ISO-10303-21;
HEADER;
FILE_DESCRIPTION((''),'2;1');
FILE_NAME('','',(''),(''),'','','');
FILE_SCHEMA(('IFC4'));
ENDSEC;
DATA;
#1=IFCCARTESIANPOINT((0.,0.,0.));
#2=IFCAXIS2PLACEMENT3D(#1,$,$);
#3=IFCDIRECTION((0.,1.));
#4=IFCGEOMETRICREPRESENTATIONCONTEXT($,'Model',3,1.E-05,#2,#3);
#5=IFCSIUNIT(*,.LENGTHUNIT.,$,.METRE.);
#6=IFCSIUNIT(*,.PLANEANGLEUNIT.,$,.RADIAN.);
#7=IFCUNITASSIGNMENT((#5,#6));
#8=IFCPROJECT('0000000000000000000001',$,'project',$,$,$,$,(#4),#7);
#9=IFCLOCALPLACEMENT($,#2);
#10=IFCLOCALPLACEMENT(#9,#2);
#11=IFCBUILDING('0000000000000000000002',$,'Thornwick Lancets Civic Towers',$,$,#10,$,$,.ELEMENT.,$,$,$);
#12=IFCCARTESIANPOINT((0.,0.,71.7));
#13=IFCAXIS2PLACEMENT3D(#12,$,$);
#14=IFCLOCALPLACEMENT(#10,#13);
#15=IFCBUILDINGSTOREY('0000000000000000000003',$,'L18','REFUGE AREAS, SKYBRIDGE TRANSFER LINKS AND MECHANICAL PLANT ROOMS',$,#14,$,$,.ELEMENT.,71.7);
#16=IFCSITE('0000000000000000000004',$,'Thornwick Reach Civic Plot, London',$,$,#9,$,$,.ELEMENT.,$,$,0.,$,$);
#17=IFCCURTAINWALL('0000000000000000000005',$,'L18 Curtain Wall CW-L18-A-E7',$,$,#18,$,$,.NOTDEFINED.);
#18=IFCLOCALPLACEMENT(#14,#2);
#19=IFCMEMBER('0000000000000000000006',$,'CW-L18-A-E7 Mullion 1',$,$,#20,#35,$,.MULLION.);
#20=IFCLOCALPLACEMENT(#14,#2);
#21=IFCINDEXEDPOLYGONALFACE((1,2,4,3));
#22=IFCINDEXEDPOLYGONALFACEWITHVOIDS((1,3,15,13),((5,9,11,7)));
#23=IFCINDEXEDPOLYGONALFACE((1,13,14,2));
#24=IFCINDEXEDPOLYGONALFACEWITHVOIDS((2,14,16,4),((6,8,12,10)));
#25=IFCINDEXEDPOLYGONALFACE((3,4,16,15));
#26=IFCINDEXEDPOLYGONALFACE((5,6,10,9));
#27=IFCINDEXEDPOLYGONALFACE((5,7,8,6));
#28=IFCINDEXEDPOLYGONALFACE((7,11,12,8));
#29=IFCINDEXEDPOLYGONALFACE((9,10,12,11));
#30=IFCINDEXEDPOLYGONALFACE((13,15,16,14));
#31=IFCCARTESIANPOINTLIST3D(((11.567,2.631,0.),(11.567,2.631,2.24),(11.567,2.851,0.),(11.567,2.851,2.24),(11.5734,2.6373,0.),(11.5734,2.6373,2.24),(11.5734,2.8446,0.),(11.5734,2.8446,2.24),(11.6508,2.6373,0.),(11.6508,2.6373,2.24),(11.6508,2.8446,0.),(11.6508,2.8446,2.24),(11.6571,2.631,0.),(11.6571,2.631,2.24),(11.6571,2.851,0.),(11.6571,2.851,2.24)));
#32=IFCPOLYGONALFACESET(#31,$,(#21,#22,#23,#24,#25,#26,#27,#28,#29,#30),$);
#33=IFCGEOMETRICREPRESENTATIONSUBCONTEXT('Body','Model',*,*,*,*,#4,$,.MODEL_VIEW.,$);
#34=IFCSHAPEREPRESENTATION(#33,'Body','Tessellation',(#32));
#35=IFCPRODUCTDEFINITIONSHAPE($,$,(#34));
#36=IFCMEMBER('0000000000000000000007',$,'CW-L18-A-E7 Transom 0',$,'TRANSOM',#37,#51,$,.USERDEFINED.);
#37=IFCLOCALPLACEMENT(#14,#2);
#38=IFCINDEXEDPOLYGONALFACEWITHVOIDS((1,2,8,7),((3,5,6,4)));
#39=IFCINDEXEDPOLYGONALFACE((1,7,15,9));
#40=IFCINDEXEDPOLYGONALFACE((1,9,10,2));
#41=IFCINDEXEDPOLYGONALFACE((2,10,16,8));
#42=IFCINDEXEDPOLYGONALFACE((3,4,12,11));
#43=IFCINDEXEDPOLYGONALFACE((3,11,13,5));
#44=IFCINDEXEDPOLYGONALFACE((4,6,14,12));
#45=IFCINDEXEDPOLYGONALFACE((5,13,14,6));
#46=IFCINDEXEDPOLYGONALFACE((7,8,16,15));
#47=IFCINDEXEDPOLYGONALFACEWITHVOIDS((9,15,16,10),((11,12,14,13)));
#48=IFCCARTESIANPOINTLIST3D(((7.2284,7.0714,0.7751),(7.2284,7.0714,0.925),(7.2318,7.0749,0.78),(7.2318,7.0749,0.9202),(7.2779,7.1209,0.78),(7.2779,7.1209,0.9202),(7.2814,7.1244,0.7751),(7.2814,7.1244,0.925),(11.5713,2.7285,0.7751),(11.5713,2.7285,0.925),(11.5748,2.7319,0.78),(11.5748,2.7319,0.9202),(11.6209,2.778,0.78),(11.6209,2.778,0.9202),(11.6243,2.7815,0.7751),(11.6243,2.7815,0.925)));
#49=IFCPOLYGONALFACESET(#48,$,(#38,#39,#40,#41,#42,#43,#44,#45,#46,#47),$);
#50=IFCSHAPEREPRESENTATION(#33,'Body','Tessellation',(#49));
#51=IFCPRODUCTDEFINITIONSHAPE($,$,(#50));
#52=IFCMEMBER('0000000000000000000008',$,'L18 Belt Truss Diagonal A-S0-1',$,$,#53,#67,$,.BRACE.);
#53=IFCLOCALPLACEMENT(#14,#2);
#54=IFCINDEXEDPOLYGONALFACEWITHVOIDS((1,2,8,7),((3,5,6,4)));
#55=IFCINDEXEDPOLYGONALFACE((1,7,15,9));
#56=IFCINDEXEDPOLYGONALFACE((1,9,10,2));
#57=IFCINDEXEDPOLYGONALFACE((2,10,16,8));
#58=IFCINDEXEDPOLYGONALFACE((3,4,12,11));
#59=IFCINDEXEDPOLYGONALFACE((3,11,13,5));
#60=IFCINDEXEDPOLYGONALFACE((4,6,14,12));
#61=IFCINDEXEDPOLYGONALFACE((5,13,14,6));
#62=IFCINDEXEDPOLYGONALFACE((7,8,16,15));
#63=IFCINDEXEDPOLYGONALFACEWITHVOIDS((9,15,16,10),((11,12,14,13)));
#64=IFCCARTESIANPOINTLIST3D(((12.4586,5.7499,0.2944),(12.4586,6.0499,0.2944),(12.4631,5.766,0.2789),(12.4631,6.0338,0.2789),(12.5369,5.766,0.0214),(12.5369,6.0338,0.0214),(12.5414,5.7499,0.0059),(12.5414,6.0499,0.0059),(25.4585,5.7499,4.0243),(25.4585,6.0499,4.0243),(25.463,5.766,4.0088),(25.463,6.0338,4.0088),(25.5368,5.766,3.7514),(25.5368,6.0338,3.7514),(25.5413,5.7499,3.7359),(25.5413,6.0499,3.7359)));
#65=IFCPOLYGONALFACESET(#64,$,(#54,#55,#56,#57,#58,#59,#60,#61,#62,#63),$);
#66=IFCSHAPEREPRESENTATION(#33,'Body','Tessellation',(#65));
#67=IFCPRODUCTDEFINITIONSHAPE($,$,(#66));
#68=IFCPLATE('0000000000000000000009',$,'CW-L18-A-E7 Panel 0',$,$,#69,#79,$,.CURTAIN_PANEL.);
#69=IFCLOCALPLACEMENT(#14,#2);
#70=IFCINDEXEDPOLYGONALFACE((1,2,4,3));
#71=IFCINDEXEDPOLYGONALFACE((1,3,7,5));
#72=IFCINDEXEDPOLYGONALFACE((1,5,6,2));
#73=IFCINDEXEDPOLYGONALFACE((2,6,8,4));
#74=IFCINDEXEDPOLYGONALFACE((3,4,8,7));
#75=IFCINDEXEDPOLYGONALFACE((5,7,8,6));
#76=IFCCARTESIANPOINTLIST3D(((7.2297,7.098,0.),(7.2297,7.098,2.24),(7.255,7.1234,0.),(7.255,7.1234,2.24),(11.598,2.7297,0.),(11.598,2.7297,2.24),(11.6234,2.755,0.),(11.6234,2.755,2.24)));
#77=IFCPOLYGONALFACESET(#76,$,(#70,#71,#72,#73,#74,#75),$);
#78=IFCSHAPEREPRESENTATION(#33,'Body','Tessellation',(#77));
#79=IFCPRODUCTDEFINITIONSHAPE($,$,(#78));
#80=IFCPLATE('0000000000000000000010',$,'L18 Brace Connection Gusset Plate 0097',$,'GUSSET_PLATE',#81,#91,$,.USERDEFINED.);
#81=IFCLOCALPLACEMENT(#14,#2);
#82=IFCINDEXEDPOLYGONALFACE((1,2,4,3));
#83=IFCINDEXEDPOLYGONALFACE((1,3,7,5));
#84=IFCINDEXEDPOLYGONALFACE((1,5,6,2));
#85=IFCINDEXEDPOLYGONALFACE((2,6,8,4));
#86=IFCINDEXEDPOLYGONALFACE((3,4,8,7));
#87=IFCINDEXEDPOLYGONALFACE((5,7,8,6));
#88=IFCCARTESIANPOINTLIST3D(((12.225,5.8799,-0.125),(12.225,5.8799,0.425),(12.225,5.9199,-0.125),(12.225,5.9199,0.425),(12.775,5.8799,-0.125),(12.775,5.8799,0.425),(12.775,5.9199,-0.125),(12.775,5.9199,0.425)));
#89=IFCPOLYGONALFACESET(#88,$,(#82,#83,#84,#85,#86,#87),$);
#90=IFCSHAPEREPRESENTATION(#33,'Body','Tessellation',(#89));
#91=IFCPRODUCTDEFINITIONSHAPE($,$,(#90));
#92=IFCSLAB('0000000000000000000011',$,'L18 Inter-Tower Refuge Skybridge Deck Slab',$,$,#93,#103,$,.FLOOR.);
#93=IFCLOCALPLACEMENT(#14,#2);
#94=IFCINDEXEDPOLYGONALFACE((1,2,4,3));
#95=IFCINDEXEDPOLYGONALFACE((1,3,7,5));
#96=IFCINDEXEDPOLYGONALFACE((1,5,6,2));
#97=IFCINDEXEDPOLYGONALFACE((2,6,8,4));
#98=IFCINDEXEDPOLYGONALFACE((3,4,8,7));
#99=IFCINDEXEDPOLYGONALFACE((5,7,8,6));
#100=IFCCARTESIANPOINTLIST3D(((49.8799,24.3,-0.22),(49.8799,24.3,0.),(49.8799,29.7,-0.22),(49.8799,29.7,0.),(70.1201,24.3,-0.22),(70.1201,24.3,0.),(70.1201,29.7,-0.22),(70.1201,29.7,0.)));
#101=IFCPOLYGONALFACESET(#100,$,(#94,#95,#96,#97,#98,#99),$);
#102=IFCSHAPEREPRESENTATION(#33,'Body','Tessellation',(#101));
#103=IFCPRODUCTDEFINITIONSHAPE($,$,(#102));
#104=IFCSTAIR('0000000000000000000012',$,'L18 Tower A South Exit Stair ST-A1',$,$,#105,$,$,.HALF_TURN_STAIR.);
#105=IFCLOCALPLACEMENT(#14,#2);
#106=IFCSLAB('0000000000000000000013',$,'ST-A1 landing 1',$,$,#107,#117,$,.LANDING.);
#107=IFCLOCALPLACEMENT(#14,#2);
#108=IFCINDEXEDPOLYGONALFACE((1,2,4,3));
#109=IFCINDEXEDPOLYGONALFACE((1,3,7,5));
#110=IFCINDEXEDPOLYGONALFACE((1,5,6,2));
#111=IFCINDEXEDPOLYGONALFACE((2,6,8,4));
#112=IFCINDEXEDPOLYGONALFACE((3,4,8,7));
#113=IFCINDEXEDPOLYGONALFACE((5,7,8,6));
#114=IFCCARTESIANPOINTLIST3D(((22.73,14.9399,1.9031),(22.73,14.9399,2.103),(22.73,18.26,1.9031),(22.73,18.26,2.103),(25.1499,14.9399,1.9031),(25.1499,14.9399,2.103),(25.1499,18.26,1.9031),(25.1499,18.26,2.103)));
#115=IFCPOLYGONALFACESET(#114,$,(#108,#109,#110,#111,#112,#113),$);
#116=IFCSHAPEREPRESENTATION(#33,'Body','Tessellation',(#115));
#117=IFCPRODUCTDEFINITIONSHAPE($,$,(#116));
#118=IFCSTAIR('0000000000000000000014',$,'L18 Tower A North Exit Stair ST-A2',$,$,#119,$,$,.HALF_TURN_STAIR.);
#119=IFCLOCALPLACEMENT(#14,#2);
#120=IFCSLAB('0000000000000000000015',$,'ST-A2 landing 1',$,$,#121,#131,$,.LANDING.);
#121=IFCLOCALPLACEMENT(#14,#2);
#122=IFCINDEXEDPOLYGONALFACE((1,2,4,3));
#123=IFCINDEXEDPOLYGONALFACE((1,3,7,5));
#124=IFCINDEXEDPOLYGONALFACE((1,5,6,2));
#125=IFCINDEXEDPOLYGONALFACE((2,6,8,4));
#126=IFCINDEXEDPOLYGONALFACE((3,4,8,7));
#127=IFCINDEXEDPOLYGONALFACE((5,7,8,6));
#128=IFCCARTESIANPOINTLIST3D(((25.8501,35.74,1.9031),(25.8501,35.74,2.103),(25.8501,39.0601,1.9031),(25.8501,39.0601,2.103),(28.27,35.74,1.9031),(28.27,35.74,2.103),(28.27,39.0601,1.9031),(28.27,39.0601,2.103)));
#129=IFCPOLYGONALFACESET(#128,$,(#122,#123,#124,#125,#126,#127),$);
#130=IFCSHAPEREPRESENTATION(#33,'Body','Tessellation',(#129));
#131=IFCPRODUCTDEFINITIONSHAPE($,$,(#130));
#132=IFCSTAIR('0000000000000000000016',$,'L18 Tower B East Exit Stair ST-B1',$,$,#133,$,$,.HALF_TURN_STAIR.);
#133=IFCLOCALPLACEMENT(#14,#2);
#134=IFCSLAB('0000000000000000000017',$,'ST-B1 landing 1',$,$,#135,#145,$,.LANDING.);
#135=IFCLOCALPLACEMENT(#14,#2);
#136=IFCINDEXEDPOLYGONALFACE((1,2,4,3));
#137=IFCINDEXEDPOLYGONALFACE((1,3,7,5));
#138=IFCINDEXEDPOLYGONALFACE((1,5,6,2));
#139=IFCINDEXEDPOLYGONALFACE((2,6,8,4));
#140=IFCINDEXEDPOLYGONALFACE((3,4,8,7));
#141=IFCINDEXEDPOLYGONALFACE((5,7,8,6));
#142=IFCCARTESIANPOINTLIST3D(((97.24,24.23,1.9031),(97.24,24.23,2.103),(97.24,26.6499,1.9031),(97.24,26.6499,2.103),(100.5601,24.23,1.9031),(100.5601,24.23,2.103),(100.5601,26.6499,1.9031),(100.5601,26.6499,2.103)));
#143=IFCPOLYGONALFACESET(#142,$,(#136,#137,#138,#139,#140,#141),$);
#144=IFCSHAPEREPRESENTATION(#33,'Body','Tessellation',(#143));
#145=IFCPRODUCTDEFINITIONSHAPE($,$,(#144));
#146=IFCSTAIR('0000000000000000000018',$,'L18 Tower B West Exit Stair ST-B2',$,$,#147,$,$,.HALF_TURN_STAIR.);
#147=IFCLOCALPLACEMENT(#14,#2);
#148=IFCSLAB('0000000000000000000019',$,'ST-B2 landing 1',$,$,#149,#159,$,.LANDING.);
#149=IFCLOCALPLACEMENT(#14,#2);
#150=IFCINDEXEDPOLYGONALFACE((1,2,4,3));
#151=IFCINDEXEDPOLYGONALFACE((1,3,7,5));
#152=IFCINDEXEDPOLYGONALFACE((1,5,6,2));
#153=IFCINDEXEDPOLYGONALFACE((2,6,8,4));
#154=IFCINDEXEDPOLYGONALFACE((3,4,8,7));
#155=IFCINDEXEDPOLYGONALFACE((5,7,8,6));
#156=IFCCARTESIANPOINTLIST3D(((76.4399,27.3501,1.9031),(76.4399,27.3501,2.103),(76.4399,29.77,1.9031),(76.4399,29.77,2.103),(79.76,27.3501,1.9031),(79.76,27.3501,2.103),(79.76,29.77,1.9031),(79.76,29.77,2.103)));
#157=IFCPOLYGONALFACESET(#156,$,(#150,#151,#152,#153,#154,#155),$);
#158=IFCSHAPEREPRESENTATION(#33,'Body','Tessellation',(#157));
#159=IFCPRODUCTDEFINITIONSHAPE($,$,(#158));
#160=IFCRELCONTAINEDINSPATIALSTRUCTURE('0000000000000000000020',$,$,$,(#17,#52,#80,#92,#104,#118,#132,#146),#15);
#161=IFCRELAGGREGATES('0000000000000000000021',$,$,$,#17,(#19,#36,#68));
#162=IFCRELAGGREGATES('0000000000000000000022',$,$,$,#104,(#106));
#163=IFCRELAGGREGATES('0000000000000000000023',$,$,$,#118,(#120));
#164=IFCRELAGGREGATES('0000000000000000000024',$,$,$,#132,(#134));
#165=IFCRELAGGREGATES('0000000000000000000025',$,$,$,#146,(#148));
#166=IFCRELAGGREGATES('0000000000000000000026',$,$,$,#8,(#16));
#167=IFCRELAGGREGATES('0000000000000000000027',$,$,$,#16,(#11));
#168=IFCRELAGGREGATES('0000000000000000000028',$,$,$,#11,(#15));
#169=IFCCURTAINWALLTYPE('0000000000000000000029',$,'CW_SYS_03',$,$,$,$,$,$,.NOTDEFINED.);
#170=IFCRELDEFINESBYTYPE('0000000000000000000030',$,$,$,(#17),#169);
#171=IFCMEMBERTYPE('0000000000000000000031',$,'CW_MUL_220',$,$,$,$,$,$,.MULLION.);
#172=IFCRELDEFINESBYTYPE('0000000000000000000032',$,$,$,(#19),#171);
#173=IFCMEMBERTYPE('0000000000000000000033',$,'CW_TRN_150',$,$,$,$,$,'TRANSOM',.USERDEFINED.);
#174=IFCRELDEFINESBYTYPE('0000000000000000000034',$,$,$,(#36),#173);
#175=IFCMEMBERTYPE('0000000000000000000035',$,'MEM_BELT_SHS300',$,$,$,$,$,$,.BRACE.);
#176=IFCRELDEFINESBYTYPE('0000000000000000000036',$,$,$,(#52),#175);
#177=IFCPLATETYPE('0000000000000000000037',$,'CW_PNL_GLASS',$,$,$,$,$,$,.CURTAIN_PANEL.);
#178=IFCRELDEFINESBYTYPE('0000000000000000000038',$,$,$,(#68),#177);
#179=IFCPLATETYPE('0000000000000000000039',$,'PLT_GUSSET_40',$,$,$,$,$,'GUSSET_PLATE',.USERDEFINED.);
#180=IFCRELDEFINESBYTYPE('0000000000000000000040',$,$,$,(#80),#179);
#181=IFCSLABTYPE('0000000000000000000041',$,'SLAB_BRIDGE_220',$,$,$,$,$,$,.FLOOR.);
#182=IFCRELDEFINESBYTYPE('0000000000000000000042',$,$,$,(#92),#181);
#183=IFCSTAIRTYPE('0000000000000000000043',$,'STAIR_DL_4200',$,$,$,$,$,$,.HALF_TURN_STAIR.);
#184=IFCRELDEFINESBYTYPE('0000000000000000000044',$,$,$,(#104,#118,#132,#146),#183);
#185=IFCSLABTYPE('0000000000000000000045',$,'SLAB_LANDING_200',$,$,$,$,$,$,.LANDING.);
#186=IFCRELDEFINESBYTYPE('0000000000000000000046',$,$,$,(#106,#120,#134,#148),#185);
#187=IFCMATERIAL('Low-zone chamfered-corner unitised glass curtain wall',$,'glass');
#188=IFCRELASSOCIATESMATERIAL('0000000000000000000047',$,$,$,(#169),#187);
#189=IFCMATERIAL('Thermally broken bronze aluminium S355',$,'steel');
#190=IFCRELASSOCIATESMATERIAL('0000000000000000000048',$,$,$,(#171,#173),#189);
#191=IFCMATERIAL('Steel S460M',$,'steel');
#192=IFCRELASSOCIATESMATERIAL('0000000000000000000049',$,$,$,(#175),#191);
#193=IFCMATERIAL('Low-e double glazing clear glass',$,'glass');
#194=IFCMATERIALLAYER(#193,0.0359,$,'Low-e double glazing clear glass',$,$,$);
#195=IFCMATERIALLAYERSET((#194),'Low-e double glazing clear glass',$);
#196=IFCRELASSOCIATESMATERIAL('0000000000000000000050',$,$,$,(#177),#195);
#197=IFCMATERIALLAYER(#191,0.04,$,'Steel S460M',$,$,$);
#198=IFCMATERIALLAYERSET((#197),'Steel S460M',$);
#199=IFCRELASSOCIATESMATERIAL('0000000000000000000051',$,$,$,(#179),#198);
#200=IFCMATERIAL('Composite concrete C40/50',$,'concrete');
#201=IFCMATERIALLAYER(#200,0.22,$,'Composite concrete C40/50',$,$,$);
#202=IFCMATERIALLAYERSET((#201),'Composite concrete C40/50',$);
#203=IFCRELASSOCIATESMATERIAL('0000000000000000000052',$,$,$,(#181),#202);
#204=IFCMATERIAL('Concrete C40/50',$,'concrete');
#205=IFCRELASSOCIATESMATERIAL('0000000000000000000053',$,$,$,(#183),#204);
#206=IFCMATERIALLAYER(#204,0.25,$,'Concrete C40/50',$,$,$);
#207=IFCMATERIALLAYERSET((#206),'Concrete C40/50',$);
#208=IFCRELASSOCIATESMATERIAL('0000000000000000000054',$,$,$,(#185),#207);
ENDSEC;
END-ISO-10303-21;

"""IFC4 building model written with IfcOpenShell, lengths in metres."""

from ifc_helpers import new_model, si_unit, direction, frame, origin, origin_2d, place, context, subcontext, project, spatial, polyline, rectangle, hollow_rectangle, outline, extrude, material, layer, layer_set, material_profile, profile_set, type_object, element, aggregate, save


model = new_model("IFC4")

# Units and contexts
model_context = context("Model", 3, precision=1e-05, world=origin(), true_north=direction((0.0, 1.0)))
body_context = subcontext(model_context, "Body", "Model", "MODEL_VIEW")
ifc_project = project(units=[si_unit("LENGTHUNIT", "METRE"), si_unit("PLANEANGLEUNIT", "RADIAN")], contexts=[model_context])

# Site, building, storey
site_placement = place(None, origin())
site = spatial("IfcSite", under=ifc_project, at=site_placement, Name="Thornwick Reach Civic Plot, London", CompositionType="ELEMENT", RefElevation=0.0)
building_placement = place(site_placement, origin())
building = spatial("IfcBuilding", under=site, at=building_placement, Name="Thornwick Lancets Civic Towers", CompositionType="ELEMENT")
storey_placement = place(building_placement, frame((0.0, 0.0, 71.7)))
storey = spatial("IfcBuildingStorey", under=building, at=storey_placement, Name="L18", Description="REFUGE AREAS, SKYBRIDGE TRANSFER LINKS AND MECHANICAL PLANT ROOMS", CompositionType="ELEMENT", Elevation=71.7)

# Shared definitions
ifc_material_1 = material(Name="Steel S460M", Category="steel")

# Curtain wall, members
ifc_material_2 = material(Name="Low-zone chamfered-corner unitised glass curtain wall", Category="glass")
curtain_wall_type = type_object("IfcCurtainWallType", Name="CW_SYS_03", PredefinedType="NOTDEFINED", material=ifc_material_2)
curtain_wall_placement = place(storey_placement, origin())
curtain_wall = element("IfcCurtainWall", 1, at=curtain_wall_placement, inside=storey, type_object=curtain_wall_type, Name="L18 Curtain Wall CW-L18-A-E7", PredefinedType="NOTDEFINED")
ifc_material_3 = material(Name="Thermally broken bronze aluminium S355", Category="steel")
ifc_material_profile_1 = material_profile(ifc_material_3, hollow_rectangle(XDim=0.0901, YDim=0.22, WallThickness=0.0063, at=origin_2d()), Name="RHS 220x90x6.3")
ifc_profile_set_1 = profile_set([ifc_material_profile_1], Name="Thermally broken bronze aluminium S355")
member_type_1 = type_object("IfcMemberType", Name="CW_MUL_220", PredefinedType="MULLION", material=ifc_profile_set_1)
member_1_placement = place(storey_placement, frame((11.6121, 2.741, 0.0), z_axis=(0.0, 0.0, 1.0), x_axis=(1.0, 0.0, 0.0)))
member_1 = element("IfcMember", 2, at=member_1_placement, type_object=member_type_1, Name="CW-L18-A-E7 Mullion 1", PredefinedType="MULLION", context=body_context, shape_type="SweptSolid", body=[
    extrude(hollow_rectangle(XDim=0.0901, YDim=0.22, WallThickness=0.0063, at=origin_2d()), origin(), (0.0, 0.0, 1.0), 2.24),
])
ifc_material_profile_2 = material_profile(ifc_material_3, hollow_rectangle(XDim=0.075, YDim=0.1499, WallThickness=0.0049, at=origin_2d()), Name="RHS 150x75x5")
ifc_profile_set_2 = profile_set([ifc_material_profile_2], Name="Thermally broken bronze aluminium S355")
member_type_2 = type_object("IfcMemberType", Name="CW_TRN_150", ElementType="TRANSOM", PredefinedType="USERDEFINED", material=ifc_profile_set_2)
member_2_placement = place(storey_placement, frame((7.2549, 7.0979, 0.8501), z_axis=(0.707107, -0.707107, 0.0), x_axis=(0.707107, 0.707107, 0.0)))
member_2 = element("IfcMember", 3, at=member_2_placement, type_object=member_type_2, Name="CW-L18-A-E7 Transom 0", ObjectType="TRANSOM", PredefinedType="USERDEFINED", context=body_context, shape_type="SweptSolid", body=[
    extrude(hollow_rectangle(XDim=0.075, YDim=0.1499, WallThickness=0.0049, at=origin_2d()), origin(), (0.0, 0.0, 1.0), 6.1418),
])

# Member
ifc_material_profile_3 = material_profile(ifc_material_1, hollow_rectangle(XDim=0.3, YDim=0.3, WallThickness=0.0161, at=origin_2d()), Name="SHS 300x300x16")
ifc_profile_set_3 = profile_set([ifc_material_profile_3], Name="Steel S460M")
member_type_3 = type_object("IfcMemberType", Name="MEM_BELT_SHS300", PredefinedType="BRACE", material=ifc_profile_set_3)
member_3_placement = place(storey_placement, frame((12.5, 5.8999, 0.1501), z_axis=(0.961217, 0.0, 0.275794), x_axis=(0.0, 1.0, 0.0)))
element("IfcMember", 4, at=member_3_placement, inside=storey, type_object=member_type_3, Name="L18 Belt Truss Diagonal A-S0-1", PredefinedType="BRACE", context=body_context, shape_type="SweptSolid", body=[
    extrude(hollow_rectangle(XDim=0.3, YDim=0.3, WallThickness=0.0161, at=origin_2d()), origin(), (0.0, 0.0, 1.0), 13.5244),
])

# Plates
ifc_material_4 = material(Name="Low-e double glazing clear glass", Category="glass")
ifc_layer_1 = layer(ifc_material_4, 0.0359, Name="Low-e double glazing clear glass")
ifc_layer_set_1 = layer_set([ifc_layer_1], Name="Low-e double glazing clear glass")
plate_type_1 = type_object("IfcPlateType", Name="CW_PNL_GLASS", PredefinedType="CURTAIN_PANEL", material=ifc_layer_set_1)
plate_1_placement = place(storey_placement, frame((9.4265, 4.9265, 0.0), z_axis=(0.0, 0.0, 1.0), x_axis=(0.707107, -0.707107, 0.0)))
plate_1 = element("IfcPlate", 5, at=plate_1_placement, type_object=plate_type_1, Name="CW-L18-A-E7 Panel 0", PredefinedType="CURTAIN_PANEL", context=body_context, shape_type="SweptSolid", body=[
    extrude(rectangle(XDim=6.1777, YDim=0.0359, at=origin_2d()), origin(), (0.0, 0.0, 1.0), 2.24),
])
aggregate(curtain_wall, [member_1, member_2, plate_1])
ifc_layer_2 = layer(ifc_material_1, 0.04, Name="Steel S460M")
ifc_layer_set_2 = layer_set([ifc_layer_2], Name="Steel S460M")
plate_type_2 = type_object("IfcPlateType", Name="PLT_GUSSET_40", ElementType="GUSSET_PLATE", PredefinedType="USERDEFINED", material=ifc_layer_set_2)
plate_2_placement = place(storey_placement, frame((12.5, 5.8999, -0.125), z_axis=(0.0, 0.0, 1.0), x_axis=(1.0, 0.0, 0.0)))
element("IfcPlate", 6, at=plate_2_placement, inside=storey, type_object=plate_type_2, Name="L18 Brace Connection Gusset Plate 0097", ObjectType="GUSSET_PLATE", PredefinedType="USERDEFINED", context=body_context, shape_type="SweptSolid", body=[
    extrude(rectangle(XDim=0.55, YDim=0.04, at=origin_2d()), origin(), (0.0, 0.0, 1.0), 0.55),
])

# Slab
ifc_material_5 = material(Name="Composite concrete C40/50", Category="concrete")
ifc_layer_3 = layer(ifc_material_5, 0.22, Name="Composite concrete C40/50")
ifc_layer_set_3 = layer_set([ifc_layer_3], Name="Composite concrete C40/50")
slab_type_1 = type_object("IfcSlabType", Name="SLAB_BRIDGE_220", PredefinedType="FLOOR", material=ifc_layer_set_3)
slab_1_placement = place(storey_placement, frame((0.0, 0.0, -0.22)))
element("IfcSlab", 7, at=slab_1_placement, inside=storey, type_object=slab_type_1, Name="L18 Inter-Tower Refuge Skybridge Deck Slab", PredefinedType="FLOOR", context=body_context, shape_type="SweptSolid", body=[
    extrude(outline(polyline([(49.8799, 24.3), (70.1201, 24.3), (70.1201, 29.7), (49.8799, 29.7), (49.8799, 24.3)])), origin(), (0.0, 0.0, 1.0), 0.22),
])

# Stairs, slabs
ifc_material_6 = material(Name="Concrete C40/50", Category="concrete")
stair_type = type_object("IfcStairType", Name="STAIR_DL_4200", PredefinedType="HALF_TURN_STAIR", material=ifc_material_6)
stair_1_placement = place(storey_placement, origin())
stair_1 = element("IfcStair", 8, at=stair_1_placement, inside=storey, type_object=stair_type, Name="L18 Tower A South Exit Stair ST-A1", PredefinedType="HALF_TURN_STAIR")
ifc_layer_4 = layer(ifc_material_6, 0.25, Name="Concrete C40/50")
ifc_layer_set_4 = layer_set([ifc_layer_4], Name="Concrete C40/50")
slab_type_2 = type_object("IfcSlabType", Name="SLAB_LANDING_200", PredefinedType="LANDING", material=ifc_layer_set_4)
slab_2_placement = place(storey_placement, frame((0.0, 0.0, 1.9031)))
slab_2 = element("IfcSlab", 9, at=slab_2_placement, type_object=slab_type_2, Name="ST-A1 landing 1", PredefinedType="LANDING", context=body_context, shape_type="SweptSolid", body=[
    extrude(outline(polyline([(22.73, 14.9399), (25.1499, 14.9399), (25.1499, 18.26), (22.73, 18.26), (22.73, 14.9399)])), origin(), (0.0, 0.0, 1.0), 0.2),
])
aggregate(stair_1, [slab_2])
stair_2_placement = place(storey_placement, origin())
stair_2 = element("IfcStair", 10, at=stair_2_placement, inside=storey, type_object=stair_type, Name="L18 Tower A North Exit Stair ST-A2", PredefinedType="HALF_TURN_STAIR")
slab_3_placement = place(storey_placement, frame((0.0, 0.0, 1.9031)))
slab_3 = element("IfcSlab", 11, at=slab_3_placement, type_object=slab_type_2, Name="ST-A2 landing 1", PredefinedType="LANDING", context=body_context, shape_type="SweptSolid", body=[
    extrude(outline(polyline([(28.27, 39.0601), (25.8501, 39.0601), (25.8501, 35.74), (28.27, 35.74), (28.27, 39.0601)])), origin(), (0.0, 0.0, 1.0), 0.2),
])
aggregate(stair_2, [slab_3])
stair_3_placement = place(storey_placement, origin())
stair_3 = element("IfcStair", 12, at=stair_3_placement, inside=storey, type_object=stair_type, Name="L18 Tower B East Exit Stair ST-B1", PredefinedType="HALF_TURN_STAIR")
slab_4_placement = place(storey_placement, frame((0.0, 0.0, 1.9031)))
slab_4 = element("IfcSlab", 13, at=slab_4_placement, type_object=slab_type_2, Name="ST-B1 landing 1", PredefinedType="LANDING", context=body_context, shape_type="SweptSolid", body=[
    extrude(outline(polyline([(100.5601, 24.23), (100.5601, 26.6499), (97.24, 26.6499), (97.24, 24.23), (100.5601, 24.23)])), origin(), (0.0, 0.0, 1.0), 0.2),
])
aggregate(stair_3, [slab_4])
stair_4_placement = place(storey_placement, origin())
stair_4 = element("IfcStair", 14, at=stair_4_placement, inside=storey, type_object=stair_type, Name="L18 Tower B West Exit Stair ST-B2", PredefinedType="HALF_TURN_STAIR")
slab_5_placement = place(storey_placement, frame((0.0, 0.0, 1.9031)))
slab_5 = element("IfcSlab", 15, at=slab_5_placement, type_object=slab_type_2, Name="ST-B2 landing 1", PredefinedType="LANDING", context=body_context, shape_type="SweptSolid", body=[
    extrude(outline(polyline([(76.4399, 29.77), (76.4399, 27.3501), (79.76, 27.3501), (79.76, 29.77), (76.4399, 29.77)])), origin(), (0.0, 0.0, 1.0), 0.2),
])
aggregate(stair_4, [slab_5])

save(model, "model.ifc")
